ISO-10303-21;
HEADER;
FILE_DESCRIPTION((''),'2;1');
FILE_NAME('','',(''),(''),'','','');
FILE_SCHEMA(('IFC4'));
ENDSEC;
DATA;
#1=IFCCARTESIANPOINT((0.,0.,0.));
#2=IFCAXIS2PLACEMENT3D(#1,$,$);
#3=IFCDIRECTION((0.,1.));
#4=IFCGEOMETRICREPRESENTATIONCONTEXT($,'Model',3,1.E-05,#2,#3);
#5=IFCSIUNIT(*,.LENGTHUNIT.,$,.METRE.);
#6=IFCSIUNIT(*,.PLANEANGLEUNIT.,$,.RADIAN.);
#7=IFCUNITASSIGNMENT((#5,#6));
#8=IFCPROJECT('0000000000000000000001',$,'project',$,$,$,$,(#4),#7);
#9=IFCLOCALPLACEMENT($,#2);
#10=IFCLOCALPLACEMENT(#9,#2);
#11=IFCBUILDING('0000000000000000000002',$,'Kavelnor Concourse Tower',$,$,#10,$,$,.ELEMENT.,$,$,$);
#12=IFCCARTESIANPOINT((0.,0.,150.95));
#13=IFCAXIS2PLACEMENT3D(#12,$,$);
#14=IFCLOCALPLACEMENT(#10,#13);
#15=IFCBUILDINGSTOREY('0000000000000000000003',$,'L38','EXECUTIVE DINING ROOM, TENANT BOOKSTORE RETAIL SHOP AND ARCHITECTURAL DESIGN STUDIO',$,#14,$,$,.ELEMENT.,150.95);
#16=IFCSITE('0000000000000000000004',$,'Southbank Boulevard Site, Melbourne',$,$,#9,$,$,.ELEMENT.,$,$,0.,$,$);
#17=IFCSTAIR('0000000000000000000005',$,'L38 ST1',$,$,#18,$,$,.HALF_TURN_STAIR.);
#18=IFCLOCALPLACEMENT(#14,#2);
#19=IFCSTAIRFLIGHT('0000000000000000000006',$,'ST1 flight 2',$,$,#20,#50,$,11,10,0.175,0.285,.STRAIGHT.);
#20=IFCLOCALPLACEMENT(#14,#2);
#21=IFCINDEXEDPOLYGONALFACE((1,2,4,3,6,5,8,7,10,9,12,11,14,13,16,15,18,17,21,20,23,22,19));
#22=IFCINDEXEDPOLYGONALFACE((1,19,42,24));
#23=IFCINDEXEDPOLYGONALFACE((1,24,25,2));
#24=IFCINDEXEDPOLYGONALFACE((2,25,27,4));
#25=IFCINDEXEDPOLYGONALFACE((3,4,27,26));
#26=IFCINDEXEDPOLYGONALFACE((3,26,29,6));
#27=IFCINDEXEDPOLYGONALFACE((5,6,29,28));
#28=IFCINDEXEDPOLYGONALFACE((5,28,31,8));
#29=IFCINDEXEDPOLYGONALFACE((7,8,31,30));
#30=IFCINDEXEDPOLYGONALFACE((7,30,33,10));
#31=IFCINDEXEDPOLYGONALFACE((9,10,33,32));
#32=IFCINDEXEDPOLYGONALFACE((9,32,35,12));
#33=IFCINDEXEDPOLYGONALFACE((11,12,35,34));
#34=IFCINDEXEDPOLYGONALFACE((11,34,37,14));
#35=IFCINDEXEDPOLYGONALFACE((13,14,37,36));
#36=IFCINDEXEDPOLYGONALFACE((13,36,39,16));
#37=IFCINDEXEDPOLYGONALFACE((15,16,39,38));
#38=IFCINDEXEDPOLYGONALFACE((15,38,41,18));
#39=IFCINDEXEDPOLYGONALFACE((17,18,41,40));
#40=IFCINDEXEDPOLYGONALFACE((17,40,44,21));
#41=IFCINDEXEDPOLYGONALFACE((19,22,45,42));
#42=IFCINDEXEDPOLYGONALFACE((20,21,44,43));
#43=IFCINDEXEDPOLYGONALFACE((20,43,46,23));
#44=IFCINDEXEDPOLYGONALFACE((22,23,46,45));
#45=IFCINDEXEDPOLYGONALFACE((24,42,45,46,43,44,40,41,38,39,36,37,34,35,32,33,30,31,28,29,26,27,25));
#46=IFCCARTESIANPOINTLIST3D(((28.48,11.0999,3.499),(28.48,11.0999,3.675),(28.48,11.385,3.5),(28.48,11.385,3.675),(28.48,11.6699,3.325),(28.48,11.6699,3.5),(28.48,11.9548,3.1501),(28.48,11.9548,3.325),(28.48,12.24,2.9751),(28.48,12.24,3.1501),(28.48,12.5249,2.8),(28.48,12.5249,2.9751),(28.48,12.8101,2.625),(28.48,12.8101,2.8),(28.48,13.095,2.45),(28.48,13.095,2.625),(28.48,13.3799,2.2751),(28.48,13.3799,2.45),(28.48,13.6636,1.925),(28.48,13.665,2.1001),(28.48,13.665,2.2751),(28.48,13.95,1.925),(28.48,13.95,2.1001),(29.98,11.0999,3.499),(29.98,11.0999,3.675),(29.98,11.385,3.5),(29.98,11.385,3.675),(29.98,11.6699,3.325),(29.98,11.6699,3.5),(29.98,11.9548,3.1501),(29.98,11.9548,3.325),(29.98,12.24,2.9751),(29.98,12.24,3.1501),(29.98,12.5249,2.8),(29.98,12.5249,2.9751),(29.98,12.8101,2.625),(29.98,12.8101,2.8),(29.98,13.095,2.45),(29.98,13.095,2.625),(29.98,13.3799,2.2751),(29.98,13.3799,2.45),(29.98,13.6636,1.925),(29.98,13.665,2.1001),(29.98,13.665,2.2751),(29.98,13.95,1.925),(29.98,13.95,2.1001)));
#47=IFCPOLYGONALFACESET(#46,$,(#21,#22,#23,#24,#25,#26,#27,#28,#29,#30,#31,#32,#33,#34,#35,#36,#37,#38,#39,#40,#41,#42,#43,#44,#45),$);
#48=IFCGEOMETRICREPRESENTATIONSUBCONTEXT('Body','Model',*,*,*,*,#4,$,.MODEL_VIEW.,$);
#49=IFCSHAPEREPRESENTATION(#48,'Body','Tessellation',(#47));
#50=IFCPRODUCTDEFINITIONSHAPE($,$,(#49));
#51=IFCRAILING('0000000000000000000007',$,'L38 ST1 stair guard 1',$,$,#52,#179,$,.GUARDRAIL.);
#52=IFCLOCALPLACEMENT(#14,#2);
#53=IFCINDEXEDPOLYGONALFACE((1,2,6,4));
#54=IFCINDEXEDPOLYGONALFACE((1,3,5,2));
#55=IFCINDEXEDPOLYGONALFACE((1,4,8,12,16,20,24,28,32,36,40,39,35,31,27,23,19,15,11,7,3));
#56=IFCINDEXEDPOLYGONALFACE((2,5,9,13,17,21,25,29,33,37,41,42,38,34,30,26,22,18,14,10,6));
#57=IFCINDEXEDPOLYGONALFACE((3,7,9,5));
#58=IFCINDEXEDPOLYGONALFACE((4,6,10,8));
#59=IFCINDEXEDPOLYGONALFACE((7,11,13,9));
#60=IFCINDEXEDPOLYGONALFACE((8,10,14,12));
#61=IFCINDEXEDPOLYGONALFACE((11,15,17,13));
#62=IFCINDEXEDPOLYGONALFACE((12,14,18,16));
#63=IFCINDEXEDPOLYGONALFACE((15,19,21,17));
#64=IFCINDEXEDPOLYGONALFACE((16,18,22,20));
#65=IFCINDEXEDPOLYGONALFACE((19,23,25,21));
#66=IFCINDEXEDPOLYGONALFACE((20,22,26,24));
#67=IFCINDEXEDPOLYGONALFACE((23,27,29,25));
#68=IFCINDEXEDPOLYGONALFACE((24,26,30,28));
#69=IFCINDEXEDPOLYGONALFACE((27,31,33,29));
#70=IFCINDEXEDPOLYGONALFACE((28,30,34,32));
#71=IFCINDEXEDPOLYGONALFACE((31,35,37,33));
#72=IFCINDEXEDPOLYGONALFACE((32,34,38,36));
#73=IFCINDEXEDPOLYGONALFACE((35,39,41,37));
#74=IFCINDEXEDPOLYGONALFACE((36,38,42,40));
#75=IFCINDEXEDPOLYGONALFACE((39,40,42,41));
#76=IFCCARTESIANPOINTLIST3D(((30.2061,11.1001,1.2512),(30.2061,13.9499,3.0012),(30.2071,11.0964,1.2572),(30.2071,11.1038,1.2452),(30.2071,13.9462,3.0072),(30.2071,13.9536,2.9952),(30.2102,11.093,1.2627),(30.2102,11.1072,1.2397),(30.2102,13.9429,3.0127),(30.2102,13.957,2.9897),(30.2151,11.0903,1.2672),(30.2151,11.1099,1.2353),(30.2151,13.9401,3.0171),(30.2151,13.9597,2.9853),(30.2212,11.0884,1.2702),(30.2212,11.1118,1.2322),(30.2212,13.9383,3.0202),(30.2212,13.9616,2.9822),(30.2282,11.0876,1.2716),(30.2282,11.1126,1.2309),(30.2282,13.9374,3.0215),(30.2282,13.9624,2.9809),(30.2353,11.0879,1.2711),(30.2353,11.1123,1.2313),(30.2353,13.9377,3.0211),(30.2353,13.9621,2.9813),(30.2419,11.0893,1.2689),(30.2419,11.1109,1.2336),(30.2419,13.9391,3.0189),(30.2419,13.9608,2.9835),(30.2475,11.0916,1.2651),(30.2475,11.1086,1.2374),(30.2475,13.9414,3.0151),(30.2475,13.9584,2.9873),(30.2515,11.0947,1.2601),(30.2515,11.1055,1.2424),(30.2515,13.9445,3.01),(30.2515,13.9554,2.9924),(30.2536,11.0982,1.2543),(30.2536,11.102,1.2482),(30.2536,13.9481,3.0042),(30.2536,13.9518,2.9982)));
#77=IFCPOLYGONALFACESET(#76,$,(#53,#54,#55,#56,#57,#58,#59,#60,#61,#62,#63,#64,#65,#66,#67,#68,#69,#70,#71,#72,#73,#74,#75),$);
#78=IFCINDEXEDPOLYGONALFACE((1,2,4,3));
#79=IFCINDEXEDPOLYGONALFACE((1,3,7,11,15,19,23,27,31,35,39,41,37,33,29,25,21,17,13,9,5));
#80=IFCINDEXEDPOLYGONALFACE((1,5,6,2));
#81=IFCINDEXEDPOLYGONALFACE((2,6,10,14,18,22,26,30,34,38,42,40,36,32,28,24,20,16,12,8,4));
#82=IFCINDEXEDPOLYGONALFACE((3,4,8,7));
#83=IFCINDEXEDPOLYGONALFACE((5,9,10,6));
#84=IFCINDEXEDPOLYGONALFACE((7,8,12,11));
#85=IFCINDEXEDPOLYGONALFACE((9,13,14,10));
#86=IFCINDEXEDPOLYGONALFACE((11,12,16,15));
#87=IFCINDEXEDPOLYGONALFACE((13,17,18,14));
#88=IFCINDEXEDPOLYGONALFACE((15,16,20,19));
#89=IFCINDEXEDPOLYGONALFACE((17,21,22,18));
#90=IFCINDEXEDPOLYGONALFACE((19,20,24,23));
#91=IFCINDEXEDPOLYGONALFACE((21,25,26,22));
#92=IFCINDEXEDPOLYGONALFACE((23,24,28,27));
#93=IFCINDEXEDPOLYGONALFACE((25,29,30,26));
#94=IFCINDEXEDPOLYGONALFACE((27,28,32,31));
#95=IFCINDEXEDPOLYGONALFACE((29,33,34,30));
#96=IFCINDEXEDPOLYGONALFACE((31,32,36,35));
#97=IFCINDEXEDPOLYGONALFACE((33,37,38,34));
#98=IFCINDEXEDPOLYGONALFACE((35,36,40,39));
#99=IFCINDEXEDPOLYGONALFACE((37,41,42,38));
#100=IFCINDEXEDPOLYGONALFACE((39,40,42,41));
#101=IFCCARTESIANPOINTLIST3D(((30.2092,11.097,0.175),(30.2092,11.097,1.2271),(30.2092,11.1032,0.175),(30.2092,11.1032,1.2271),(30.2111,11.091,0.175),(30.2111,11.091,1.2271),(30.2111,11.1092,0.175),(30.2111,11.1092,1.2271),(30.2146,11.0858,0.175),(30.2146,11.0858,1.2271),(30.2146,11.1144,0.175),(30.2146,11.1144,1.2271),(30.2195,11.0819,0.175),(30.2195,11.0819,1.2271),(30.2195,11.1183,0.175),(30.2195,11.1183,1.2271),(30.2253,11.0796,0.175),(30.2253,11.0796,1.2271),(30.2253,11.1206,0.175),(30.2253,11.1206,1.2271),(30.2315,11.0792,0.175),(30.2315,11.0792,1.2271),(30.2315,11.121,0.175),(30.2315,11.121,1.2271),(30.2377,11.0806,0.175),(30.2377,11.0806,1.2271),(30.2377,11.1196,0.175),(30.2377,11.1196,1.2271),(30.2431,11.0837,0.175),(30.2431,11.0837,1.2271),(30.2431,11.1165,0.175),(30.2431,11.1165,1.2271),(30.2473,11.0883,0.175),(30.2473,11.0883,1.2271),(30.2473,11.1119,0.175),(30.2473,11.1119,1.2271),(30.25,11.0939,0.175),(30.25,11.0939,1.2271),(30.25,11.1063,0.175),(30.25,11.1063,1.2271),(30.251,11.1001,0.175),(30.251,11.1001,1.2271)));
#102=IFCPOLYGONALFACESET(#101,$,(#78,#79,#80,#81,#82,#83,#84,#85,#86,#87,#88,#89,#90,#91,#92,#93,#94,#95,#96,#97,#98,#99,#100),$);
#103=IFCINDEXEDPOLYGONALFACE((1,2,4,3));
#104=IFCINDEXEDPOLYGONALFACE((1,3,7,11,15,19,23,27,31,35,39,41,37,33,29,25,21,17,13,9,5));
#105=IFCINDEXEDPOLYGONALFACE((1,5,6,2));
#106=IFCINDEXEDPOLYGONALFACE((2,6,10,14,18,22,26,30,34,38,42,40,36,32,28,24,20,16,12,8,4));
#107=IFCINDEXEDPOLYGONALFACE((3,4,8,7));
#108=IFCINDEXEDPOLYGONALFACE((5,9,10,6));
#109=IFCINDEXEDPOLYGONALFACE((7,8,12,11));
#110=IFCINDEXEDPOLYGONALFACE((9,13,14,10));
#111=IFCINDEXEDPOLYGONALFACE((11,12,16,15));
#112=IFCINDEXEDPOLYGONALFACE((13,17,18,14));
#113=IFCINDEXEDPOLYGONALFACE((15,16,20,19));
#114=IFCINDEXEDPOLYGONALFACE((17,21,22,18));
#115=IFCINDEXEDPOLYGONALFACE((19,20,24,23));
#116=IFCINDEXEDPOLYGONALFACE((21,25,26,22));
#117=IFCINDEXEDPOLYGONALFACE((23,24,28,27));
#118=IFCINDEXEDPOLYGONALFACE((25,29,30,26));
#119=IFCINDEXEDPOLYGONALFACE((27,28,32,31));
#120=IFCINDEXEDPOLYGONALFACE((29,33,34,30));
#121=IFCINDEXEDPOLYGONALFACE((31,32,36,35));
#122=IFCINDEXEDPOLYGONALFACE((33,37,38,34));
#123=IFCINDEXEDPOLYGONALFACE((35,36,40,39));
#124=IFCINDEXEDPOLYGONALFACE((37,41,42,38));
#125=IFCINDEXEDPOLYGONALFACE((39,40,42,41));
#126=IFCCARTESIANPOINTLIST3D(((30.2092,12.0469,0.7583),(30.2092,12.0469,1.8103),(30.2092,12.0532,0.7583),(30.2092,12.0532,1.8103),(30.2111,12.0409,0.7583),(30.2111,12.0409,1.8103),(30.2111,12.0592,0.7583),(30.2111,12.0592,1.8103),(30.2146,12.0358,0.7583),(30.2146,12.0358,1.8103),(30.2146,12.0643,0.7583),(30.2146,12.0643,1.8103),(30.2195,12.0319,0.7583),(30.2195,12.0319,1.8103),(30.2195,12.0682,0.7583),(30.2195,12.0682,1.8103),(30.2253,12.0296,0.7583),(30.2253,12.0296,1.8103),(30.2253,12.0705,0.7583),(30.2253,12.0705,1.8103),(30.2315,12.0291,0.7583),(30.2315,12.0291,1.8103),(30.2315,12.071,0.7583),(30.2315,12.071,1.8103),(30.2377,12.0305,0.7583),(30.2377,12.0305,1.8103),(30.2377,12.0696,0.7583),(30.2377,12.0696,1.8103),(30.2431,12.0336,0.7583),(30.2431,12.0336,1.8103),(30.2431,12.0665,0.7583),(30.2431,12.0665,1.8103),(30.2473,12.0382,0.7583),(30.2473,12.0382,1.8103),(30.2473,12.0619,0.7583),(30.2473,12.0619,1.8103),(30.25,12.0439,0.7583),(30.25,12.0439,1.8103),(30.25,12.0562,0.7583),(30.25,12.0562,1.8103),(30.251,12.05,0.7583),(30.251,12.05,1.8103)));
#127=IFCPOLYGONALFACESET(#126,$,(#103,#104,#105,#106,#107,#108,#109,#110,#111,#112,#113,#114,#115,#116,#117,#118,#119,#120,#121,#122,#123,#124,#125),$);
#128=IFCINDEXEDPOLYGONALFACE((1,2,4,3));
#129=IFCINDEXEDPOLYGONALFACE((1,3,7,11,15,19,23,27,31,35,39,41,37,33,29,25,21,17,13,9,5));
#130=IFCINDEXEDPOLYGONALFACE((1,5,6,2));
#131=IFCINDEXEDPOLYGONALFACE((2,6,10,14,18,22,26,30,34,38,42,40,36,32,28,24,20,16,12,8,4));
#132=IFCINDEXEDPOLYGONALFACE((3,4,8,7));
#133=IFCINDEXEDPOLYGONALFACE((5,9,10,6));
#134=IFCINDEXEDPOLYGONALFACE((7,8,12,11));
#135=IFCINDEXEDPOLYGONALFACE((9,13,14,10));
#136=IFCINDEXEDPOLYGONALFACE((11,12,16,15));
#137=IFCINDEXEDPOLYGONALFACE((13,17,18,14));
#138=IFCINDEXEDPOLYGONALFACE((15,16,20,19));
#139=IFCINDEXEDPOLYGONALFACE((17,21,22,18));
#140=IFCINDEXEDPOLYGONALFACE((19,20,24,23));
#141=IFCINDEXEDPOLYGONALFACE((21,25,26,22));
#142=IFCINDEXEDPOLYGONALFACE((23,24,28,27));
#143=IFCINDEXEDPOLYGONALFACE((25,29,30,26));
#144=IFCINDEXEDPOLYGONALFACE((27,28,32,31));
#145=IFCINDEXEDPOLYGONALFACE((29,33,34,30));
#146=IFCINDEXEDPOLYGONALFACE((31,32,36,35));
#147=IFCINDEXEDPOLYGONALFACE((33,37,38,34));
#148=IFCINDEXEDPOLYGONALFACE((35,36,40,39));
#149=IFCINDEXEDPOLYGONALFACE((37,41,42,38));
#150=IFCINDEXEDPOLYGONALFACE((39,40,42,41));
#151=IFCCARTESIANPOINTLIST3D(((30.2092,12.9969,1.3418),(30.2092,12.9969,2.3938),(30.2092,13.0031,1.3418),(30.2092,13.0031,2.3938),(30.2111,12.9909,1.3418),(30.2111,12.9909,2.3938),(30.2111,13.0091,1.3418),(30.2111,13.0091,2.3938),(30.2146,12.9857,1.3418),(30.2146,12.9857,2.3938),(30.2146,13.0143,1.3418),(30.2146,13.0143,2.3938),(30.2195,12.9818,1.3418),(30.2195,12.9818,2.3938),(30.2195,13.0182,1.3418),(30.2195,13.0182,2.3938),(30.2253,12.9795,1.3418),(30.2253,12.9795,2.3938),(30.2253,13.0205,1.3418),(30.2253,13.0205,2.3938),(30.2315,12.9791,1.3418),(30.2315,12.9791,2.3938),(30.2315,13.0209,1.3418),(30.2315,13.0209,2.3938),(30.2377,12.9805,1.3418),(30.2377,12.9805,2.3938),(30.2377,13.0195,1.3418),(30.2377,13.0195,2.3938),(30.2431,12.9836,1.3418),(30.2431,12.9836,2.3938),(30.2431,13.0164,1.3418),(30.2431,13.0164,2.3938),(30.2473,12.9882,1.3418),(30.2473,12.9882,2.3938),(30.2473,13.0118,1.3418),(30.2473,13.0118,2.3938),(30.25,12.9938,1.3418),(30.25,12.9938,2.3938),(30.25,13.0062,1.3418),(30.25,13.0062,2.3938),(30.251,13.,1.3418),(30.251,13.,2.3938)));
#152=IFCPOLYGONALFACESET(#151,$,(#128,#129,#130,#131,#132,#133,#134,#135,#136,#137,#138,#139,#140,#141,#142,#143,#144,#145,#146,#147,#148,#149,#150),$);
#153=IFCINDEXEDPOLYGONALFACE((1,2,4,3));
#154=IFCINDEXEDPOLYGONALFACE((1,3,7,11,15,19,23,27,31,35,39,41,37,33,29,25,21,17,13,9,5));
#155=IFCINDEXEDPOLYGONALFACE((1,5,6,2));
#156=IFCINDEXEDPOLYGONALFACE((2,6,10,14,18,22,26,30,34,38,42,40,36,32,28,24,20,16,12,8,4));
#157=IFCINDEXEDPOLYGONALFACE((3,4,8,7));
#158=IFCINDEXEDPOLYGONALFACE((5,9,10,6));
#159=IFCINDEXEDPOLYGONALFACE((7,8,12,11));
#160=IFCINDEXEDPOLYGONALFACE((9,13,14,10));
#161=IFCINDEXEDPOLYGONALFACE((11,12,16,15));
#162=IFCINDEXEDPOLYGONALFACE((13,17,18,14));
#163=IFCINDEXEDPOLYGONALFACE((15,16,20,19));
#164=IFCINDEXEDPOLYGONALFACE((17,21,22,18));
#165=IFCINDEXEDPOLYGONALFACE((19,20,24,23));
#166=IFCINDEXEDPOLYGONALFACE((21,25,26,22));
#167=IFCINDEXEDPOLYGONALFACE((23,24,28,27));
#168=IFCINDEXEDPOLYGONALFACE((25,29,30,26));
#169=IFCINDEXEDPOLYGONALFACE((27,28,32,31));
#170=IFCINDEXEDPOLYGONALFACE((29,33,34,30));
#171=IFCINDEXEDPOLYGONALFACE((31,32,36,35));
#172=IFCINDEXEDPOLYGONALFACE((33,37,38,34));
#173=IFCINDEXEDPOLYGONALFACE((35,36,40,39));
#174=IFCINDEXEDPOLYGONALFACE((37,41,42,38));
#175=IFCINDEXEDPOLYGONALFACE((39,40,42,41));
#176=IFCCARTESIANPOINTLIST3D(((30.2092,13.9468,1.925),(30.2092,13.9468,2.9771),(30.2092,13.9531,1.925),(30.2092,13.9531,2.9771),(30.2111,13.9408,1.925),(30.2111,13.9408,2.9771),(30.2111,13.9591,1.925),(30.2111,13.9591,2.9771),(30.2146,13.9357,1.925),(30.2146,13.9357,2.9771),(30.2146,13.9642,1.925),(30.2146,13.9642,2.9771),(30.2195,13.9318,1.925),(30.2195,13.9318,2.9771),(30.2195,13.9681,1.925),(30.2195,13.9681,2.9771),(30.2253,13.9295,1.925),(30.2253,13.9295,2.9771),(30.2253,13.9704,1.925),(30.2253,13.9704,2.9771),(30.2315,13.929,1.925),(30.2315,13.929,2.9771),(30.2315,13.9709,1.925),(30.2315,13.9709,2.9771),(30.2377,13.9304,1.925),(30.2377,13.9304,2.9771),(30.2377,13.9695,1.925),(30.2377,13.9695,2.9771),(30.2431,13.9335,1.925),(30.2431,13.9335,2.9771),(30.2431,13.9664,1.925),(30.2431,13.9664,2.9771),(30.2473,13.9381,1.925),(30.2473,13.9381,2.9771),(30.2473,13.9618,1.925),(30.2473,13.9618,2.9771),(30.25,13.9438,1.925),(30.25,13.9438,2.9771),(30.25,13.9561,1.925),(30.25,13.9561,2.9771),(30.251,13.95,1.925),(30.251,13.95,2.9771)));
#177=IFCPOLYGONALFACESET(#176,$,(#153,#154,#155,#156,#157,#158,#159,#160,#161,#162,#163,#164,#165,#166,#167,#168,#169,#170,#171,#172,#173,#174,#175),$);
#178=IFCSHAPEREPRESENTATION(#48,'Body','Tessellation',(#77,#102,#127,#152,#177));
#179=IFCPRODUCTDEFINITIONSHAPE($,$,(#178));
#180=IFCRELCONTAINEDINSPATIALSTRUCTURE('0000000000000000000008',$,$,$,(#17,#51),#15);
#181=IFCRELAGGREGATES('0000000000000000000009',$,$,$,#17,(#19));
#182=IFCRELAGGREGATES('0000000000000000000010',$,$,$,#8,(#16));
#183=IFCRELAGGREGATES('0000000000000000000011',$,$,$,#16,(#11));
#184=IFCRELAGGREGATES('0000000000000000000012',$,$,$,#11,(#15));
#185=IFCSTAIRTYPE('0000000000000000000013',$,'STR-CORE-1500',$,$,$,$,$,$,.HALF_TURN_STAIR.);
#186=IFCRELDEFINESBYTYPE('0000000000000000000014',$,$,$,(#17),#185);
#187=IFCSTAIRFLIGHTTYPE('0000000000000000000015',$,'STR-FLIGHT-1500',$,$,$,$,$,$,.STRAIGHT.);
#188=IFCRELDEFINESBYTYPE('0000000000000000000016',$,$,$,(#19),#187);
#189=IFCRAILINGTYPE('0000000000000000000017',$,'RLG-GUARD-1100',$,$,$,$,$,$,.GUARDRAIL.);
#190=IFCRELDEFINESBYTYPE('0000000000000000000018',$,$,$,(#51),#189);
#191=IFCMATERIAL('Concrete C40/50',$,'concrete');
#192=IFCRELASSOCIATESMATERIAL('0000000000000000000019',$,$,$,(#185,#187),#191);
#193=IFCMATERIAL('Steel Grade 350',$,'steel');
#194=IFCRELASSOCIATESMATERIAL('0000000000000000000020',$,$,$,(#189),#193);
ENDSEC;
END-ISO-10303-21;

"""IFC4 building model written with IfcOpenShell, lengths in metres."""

from ifc_helpers import new_model, si_unit, direction, frame, origin, origin_2d, place, context, subcontext, project, spatial, polyline, circle, outline, extrude, material, type_object, element, aggregate, save


model = new_model("IFC4")

# Units and contexts
model_context = context("Model", 3, precision=1e-05, world=origin(), true_north=direction((0.0, 1.0)))
body_context = subcontext(model_context, "Body", "Model", "MODEL_VIEW")
ifc_project = project(units=[si_unit("LENGTHUNIT", "METRE"), si_unit("PLANEANGLEUNIT", "RADIAN")], contexts=[model_context])

# Site, building, storey
site_placement = place(None, origin())
site = spatial("IfcSite", under=ifc_project, at=site_placement, Name="Southbank Boulevard Site, Melbourne", CompositionType="ELEMENT", RefElevation=0.0)
building_placement = place(site_placement, origin())
building = spatial("IfcBuilding", under=site, at=building_placement, Name="Kavelnor Concourse Tower", CompositionType="ELEMENT")
storey_placement = place(building_placement, frame((0.0, 0.0, 150.95)))
storey = spatial("IfcBuildingStorey", under=building, at=storey_placement, Name="L38", Description="EXECUTIVE DINING ROOM, TENANT BOOKSTORE RETAIL SHOP AND ARCHITECTURAL DESIGN STUDIO", CompositionType="ELEMENT", Elevation=150.95)

# Shared definitions
ifc_material_1 = material(Name="Steel Grade 350", Category="steel")

# Stair, stair flight
ifc_material_2 = material(Name="Concrete C40/50", Category="concrete")
stair_type = type_object("IfcStairType", Name="STR-CORE-1500", PredefinedType="HALF_TURN_STAIR", material=ifc_material_2)
stair_placement = place(storey_placement, origin())
stair = element("IfcStair", 1, at=stair_placement, inside=storey, type_object=stair_type, Name="L38 ST1", PredefinedType="HALF_TURN_STAIR")
stair_flight_type = type_object("IfcStairFlightType", Name="STR-FLIGHT-1500", PredefinedType="STRAIGHT", material=ifc_material_2)
stair_flight_1_placement = place(storey_placement, frame((29.23, 13.95, 1.925), z_axis=(0.0, 0.0, 1.0), x_axis=(0.0, -1.0, 0.0)))
stair_flight_1 = element("IfcStairFlight", 2, at=stair_flight_1_placement, type_object=stair_flight_type, Name="ST1 flight 2", NumberOfRisers=11, NumberOfTreads=10, PredefinedType="STRAIGHT", RiserHeight=0.175, TreadLength=0.285, context=body_context, shape_type="SweptSolid", body=[
    extrude(outline(polyline([(0.0, 0.0), (0.0, 0.175), (0.2849, 0.175), (0.2849, 0.3501), (0.5701, 0.3501), (0.5701, 0.5249), (0.855, 0.5249), (0.855, 0.7), (1.1399, 0.7), (1.1399, 0.875), (1.425, 0.875), (1.425, 1.05), (1.71, 1.05), (1.71, 1.2251), (1.9951, 1.2251), (1.9951, 1.3999), (2.28, 1.3999), (2.28, 1.575), (2.5649, 1.575), (2.5649, 1.75), (2.8501, 1.75), (2.8501, 1.925), (2.8501, 1.574), (0.2864, 0.0), (0.0, 0.0)])), frame((0.0, 0.75, 0.0), z_axis=(0.0, -1.0, 0.0), x_axis=(1.0, 0.0, 0.0)), (0.0, 0.0, 1.0), 1.5),
])
aggregate(stair, [stair_flight_1])

# Railing
railing_type_1 = type_object("IfcRailingType", Name="RLG-GUARD-1100", PredefinedType="GUARDRAIL", material=ifc_material_1)
railing_1_placement = place(storey_placement, frame((30.23, 11.1001, 0.175)))
element("IfcRailing", 3, at=railing_1_placement, inside=storey, type_object=railing_type_1, Name="L38 ST1 stair guard 1", PredefinedType="GUARDRAIL", context=body_context, shape_type="SweptSolid", body=[
    extrude(circle(Radius=0.0239, at=origin_2d()), frame((0.0, 0.0, 1.0762), z_axis=(0.0, 0.852159, 0.523283), x_axis=(-1.0, 0.0, 0.0)), (0.0, 0.0, 1.0), 3.3442),
    extrude(circle(Radius=0.021, at=origin_2d()), origin(), (0.0, 0.0, 1.0), 1.052),
    extrude(circle(Radius=0.021, at=origin_2d()), frame((0.0, 0.95, 0.5833)), (0.0, 0.0, 1.0), 1.052),
    extrude(circle(Radius=0.021, at=origin_2d()), frame((0.0, 1.8999, 1.1667)), (0.0, 0.0, 1.0), 1.052),
    extrude(circle(Radius=0.021, at=origin_2d()), frame((0.0, 2.8499, 1.75)), (0.0, 0.0, 1.0), 1.052),
])

save(model, "model.ifc")
